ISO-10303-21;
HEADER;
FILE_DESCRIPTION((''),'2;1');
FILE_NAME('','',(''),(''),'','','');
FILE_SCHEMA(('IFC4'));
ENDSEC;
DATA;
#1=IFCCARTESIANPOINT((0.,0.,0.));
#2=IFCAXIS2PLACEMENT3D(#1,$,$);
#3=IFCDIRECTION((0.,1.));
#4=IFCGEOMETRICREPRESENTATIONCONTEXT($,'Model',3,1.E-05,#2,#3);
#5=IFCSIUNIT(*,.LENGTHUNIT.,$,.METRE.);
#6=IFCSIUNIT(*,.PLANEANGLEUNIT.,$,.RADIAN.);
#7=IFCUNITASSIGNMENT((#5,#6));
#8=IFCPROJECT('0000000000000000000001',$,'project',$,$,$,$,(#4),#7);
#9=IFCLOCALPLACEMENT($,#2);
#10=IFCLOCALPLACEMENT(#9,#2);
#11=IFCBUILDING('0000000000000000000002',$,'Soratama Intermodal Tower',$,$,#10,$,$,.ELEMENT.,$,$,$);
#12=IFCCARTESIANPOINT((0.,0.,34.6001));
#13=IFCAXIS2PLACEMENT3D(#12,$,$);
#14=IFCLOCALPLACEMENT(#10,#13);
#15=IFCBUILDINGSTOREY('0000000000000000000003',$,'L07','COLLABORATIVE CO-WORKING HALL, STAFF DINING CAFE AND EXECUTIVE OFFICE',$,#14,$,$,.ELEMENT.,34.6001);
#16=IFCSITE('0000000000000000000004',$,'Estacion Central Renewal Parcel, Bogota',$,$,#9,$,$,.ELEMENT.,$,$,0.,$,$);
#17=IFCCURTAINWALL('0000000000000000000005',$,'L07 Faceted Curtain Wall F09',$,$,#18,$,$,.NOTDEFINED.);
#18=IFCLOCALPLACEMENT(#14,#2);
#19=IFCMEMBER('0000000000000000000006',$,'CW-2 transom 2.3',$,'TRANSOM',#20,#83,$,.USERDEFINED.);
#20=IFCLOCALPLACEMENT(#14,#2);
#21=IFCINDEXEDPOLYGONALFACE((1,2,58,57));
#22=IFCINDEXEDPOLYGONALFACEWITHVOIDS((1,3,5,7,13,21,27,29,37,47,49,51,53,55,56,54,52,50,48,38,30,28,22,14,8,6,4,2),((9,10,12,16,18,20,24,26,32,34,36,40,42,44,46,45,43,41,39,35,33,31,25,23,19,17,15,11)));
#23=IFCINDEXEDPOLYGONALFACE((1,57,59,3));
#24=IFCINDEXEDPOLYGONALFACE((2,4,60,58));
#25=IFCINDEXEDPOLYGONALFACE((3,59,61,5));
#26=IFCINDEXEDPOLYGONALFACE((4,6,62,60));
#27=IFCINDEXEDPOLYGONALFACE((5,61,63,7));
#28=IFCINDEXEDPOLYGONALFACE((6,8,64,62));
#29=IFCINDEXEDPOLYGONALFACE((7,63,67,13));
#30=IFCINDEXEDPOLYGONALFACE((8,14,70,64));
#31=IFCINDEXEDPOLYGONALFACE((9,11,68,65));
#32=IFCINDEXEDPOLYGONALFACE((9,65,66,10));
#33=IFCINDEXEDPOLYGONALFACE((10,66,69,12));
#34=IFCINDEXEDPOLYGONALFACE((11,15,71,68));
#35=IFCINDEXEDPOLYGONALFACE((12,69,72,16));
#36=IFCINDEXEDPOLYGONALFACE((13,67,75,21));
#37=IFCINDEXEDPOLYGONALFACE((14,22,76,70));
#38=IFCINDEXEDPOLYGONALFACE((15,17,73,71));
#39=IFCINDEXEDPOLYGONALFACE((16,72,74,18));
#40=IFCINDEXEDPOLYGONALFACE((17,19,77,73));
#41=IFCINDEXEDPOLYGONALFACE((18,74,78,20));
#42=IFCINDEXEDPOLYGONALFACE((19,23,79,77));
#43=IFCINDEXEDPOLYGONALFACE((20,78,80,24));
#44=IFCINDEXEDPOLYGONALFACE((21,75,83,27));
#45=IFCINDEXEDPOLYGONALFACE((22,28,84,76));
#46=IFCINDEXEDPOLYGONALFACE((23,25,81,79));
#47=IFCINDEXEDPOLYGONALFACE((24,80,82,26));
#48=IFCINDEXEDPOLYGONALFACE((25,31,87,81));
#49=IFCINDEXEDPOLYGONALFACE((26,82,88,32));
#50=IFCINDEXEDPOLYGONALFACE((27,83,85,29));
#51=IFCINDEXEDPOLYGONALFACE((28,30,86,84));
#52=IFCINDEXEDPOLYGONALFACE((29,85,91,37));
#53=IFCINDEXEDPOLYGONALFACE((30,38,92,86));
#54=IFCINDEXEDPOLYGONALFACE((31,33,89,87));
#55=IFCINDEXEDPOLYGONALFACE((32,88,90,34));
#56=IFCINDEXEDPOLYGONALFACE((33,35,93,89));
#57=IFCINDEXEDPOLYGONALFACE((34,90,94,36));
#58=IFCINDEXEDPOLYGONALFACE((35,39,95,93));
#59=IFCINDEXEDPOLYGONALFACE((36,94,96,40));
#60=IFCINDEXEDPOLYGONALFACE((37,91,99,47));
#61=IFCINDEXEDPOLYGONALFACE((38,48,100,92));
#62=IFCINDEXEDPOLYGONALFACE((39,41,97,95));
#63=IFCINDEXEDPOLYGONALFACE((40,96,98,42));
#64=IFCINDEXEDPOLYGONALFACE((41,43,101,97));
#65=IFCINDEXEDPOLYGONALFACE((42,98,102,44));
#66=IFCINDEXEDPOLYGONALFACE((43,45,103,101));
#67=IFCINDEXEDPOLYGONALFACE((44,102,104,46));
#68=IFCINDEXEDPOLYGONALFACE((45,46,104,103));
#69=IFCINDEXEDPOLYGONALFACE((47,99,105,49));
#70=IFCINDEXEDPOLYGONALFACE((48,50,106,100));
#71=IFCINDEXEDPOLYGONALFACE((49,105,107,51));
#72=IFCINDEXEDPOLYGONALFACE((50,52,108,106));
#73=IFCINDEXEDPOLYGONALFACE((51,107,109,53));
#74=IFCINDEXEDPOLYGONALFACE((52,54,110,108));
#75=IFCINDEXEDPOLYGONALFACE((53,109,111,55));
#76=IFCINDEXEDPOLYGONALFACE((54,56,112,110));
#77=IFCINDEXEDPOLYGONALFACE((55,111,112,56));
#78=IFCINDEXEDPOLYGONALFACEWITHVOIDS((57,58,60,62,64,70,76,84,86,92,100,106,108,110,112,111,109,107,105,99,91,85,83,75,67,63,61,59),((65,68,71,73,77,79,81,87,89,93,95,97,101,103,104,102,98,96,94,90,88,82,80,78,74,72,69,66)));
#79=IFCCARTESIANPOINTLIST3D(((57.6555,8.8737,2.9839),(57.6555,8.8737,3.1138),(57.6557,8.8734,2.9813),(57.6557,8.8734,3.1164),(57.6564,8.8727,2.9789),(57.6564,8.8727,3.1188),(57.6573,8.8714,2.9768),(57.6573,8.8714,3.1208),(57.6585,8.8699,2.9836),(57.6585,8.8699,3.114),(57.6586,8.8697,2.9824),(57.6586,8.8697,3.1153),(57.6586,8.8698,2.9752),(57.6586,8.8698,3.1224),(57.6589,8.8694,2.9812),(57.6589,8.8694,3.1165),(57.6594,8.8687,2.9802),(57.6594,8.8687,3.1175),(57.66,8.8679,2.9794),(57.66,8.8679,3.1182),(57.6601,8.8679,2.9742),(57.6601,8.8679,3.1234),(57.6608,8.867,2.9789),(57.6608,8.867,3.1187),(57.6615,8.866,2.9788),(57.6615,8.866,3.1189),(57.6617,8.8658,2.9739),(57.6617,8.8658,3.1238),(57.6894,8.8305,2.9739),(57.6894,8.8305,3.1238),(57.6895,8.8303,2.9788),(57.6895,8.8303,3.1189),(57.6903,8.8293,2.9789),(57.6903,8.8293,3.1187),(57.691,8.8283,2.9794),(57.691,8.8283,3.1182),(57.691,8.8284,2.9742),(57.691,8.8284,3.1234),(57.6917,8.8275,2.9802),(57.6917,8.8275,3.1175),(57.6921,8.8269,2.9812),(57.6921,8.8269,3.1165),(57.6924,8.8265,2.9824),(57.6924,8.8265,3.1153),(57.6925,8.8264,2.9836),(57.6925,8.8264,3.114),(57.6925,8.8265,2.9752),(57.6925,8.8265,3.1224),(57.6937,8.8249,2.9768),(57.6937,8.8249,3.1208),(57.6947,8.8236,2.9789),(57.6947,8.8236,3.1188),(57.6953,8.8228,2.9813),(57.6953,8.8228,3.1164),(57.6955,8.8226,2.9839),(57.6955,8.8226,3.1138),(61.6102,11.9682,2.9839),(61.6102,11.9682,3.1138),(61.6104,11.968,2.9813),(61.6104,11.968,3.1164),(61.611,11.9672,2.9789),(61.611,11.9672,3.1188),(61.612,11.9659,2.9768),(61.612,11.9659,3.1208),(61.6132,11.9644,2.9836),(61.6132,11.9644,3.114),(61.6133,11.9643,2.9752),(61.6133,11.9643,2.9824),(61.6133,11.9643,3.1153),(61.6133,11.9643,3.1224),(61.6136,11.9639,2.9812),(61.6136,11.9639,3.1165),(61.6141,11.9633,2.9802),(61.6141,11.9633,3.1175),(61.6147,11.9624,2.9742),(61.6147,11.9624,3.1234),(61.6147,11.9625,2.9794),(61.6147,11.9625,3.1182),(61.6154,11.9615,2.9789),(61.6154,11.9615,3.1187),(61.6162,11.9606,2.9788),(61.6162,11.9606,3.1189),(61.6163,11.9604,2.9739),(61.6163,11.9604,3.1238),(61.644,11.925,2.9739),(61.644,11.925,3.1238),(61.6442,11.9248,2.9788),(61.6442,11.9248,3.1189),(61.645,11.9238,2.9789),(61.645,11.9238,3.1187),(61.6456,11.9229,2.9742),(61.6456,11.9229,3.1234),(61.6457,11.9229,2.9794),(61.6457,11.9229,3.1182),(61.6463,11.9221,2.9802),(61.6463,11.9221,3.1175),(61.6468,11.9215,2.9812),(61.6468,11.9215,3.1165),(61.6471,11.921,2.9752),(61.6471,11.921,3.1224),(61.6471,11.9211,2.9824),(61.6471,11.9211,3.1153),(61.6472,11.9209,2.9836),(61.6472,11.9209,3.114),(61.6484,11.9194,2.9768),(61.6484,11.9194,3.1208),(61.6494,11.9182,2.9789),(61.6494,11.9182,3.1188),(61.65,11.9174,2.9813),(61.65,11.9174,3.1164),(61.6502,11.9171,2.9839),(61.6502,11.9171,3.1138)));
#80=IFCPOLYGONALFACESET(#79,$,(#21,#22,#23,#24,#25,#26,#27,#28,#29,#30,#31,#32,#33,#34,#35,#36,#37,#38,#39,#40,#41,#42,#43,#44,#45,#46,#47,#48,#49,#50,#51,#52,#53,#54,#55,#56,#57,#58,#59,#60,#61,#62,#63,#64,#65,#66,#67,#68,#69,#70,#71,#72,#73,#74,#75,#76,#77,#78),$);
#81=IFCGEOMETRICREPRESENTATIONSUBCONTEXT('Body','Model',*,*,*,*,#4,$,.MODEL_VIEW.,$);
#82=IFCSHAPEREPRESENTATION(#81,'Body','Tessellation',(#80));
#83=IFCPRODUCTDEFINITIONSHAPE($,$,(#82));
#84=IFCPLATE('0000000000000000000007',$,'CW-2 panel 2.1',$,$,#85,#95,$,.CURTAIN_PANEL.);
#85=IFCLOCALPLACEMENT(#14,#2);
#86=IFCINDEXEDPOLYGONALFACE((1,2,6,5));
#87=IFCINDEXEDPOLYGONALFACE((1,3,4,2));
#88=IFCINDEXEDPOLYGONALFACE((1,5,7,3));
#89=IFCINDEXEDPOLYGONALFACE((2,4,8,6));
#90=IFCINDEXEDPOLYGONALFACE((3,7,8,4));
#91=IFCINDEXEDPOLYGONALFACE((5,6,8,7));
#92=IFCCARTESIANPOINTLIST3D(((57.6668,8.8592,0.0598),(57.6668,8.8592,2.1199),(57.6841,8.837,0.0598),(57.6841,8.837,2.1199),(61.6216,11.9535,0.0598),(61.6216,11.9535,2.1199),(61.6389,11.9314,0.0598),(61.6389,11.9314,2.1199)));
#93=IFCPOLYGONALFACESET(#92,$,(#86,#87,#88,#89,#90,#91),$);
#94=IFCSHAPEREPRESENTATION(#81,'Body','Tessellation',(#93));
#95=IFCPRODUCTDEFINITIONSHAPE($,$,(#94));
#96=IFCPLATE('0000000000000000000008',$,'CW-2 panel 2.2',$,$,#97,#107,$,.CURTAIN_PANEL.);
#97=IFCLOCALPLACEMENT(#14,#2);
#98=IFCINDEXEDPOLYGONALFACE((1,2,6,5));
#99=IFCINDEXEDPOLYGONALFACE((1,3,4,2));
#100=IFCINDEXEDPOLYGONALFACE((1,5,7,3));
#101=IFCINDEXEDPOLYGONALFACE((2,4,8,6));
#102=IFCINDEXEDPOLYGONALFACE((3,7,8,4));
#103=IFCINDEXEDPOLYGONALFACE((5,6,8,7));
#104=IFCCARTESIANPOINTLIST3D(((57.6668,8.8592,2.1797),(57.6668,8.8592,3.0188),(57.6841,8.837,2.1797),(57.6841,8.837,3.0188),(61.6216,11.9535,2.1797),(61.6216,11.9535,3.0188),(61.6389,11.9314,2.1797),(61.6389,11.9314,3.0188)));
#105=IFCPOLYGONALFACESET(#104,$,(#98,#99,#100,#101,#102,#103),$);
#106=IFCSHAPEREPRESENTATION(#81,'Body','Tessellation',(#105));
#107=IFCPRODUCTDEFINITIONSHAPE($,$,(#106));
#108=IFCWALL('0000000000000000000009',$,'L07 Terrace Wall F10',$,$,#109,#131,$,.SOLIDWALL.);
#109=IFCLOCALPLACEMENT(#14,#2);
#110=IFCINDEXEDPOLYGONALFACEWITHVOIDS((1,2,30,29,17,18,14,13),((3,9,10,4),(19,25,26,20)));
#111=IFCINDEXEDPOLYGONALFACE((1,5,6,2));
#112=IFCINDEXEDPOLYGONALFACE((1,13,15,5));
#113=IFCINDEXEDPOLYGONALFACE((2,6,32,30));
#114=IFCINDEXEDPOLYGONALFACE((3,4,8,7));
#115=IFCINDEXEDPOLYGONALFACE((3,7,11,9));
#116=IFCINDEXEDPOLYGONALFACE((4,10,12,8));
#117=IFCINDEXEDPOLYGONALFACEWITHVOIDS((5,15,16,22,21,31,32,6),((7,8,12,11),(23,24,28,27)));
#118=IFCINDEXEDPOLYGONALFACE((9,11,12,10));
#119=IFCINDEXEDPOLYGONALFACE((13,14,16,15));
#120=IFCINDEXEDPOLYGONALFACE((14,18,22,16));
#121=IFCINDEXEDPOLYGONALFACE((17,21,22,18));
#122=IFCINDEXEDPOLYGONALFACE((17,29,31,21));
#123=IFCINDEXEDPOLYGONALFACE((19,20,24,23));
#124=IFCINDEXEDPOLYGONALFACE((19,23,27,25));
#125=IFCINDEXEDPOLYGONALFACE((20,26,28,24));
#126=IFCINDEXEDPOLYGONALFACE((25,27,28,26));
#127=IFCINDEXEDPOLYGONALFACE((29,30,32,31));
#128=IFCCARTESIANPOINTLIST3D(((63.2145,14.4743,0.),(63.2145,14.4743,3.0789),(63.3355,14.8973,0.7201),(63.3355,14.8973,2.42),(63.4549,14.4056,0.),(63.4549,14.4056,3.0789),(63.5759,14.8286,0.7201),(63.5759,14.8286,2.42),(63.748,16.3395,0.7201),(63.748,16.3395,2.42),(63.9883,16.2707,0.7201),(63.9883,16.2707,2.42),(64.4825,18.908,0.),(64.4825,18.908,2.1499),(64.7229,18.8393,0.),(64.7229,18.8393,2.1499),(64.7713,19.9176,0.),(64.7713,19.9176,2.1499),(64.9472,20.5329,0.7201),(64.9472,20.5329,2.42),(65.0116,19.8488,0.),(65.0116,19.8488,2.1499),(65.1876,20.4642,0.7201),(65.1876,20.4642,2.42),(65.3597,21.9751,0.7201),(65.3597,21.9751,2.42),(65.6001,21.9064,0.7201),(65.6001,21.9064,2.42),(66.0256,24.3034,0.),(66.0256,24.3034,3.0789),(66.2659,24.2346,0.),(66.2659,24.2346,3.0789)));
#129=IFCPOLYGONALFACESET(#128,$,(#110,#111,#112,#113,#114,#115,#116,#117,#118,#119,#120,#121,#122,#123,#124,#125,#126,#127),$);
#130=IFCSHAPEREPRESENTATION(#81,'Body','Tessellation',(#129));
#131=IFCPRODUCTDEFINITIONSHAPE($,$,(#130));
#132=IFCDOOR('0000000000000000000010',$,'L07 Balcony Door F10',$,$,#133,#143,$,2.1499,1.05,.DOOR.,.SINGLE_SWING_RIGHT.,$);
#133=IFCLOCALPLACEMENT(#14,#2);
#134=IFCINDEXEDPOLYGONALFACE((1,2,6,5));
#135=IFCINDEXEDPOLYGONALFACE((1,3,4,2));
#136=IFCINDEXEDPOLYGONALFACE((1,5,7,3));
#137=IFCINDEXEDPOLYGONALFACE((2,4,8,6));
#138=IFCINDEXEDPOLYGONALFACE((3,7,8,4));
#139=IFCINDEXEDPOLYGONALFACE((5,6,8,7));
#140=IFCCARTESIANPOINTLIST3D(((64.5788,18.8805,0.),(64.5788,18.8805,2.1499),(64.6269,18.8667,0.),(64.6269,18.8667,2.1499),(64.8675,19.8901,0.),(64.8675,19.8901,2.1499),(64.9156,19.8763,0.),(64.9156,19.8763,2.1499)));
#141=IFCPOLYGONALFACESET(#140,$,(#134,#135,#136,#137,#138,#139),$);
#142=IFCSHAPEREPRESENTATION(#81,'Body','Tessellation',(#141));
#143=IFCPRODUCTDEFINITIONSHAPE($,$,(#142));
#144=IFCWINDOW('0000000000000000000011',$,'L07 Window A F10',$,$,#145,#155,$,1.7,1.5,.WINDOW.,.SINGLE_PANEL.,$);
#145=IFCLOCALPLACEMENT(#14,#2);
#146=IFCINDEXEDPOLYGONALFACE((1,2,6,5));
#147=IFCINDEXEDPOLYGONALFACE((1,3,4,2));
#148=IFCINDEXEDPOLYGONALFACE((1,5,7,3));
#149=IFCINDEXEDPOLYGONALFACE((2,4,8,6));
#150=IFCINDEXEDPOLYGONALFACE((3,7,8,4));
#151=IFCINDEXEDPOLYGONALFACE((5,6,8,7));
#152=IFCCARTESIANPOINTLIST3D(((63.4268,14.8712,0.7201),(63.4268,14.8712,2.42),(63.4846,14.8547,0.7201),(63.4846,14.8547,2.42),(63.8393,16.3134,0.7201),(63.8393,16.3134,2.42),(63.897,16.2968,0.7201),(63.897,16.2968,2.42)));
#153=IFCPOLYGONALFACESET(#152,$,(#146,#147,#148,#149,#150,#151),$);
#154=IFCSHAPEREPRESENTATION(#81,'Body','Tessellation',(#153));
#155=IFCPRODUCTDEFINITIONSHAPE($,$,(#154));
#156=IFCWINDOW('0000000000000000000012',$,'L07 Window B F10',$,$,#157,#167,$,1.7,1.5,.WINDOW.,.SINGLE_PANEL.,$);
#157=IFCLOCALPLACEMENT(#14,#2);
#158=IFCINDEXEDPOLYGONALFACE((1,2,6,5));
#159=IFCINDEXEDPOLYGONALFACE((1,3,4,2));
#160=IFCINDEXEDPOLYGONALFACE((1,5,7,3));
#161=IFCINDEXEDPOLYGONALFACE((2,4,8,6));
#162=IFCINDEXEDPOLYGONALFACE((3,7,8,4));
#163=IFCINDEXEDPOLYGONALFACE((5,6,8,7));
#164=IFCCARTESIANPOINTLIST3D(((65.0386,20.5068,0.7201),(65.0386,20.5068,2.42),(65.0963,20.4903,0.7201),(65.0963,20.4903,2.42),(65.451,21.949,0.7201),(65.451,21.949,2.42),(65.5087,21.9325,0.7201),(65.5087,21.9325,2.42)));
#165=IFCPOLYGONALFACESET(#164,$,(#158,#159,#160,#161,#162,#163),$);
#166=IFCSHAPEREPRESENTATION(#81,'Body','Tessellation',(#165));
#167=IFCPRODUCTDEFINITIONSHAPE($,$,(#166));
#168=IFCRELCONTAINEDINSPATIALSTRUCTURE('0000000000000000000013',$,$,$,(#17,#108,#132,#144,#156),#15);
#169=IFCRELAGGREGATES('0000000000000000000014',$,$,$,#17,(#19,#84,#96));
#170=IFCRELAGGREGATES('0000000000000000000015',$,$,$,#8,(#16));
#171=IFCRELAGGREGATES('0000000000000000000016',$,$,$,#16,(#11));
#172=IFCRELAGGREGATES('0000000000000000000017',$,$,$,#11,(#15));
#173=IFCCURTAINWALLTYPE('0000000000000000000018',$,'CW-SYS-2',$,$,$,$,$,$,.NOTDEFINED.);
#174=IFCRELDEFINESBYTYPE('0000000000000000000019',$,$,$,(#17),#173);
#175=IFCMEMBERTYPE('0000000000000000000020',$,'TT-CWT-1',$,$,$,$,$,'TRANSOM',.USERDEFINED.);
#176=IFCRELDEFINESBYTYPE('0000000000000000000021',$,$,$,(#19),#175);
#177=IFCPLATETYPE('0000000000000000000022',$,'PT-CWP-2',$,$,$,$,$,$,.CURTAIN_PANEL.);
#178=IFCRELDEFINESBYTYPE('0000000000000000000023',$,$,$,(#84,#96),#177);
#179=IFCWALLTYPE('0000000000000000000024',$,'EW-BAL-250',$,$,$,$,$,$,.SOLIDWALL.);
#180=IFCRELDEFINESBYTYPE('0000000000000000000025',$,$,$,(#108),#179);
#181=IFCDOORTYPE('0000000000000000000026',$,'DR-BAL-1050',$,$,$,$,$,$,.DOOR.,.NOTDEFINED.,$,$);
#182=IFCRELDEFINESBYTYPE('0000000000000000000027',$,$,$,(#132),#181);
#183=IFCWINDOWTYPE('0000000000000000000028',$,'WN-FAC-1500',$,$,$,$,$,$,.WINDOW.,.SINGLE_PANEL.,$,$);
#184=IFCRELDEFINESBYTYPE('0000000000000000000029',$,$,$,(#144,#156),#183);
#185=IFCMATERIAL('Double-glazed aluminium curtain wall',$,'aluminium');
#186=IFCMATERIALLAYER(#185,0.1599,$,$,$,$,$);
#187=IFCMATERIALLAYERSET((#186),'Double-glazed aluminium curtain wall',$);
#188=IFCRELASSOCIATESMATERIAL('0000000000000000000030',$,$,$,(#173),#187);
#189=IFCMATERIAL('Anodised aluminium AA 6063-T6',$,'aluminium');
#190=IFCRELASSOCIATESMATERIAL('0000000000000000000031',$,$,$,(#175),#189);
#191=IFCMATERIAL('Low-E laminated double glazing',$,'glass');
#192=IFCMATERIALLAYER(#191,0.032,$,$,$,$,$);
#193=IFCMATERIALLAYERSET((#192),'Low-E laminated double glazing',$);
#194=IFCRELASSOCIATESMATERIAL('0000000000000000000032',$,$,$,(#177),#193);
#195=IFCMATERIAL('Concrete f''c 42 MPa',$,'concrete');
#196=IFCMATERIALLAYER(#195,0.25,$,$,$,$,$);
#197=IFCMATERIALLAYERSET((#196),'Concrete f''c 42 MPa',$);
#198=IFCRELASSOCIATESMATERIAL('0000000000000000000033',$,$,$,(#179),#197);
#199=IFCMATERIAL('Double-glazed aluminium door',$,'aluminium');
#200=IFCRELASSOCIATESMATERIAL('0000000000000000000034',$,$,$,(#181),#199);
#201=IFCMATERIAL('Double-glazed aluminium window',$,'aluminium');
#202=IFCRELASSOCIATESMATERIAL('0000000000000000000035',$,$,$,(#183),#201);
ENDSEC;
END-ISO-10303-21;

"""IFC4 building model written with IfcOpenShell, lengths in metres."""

from ifc_helpers import new_model, si_unit, direction, frame, frame_2d, origin, origin_2d, place, context, subcontext, project, spatial, rectangle, hollow_rectangle, extrude, material, layer, layer_set, material_profile, profile_set, type_object, element, fill, aggregate, save


model = new_model("IFC4")

# Units and contexts
model_context = context("Model", 3, precision=1e-05, world=origin(), true_north=direction((0.0, 1.0)))
body_context = subcontext(model_context, "Body", "Model", "MODEL_VIEW")
ifc_project = project(units=[si_unit("LENGTHUNIT", "METRE"), si_unit("PLANEANGLEUNIT", "RADIAN")], contexts=[model_context])

# Site, building, storey
site_placement = place(None, origin())
site = spatial("IfcSite", under=ifc_project, at=site_placement, Name="Estacion Central Renewal Parcel, Bogota", CompositionType="ELEMENT", RefElevation=0.0)
building_placement = place(site_placement, origin())
building = spatial("IfcBuilding", under=site, at=building_placement, Name="Soratama Intermodal Tower", CompositionType="ELEMENT")
storey_placement = place(building_placement, frame((0.0, 0.0, 34.6001)))
storey = spatial("IfcBuildingStorey", under=building, at=storey_placement, Name="L07", Description="COLLABORATIVE CO-WORKING HALL, STAFF DINING CAFE AND EXECUTIVE OFFICE", CompositionType="ELEMENT", Elevation=34.6001)

# Curtain wall, member, plates
ifc_material_1 = material(Name="Double-glazed aluminium curtain wall", Category="aluminium")
ifc_layer_1 = layer(ifc_material_1, 0.1599)
ifc_layer_set_1 = layer_set([ifc_layer_1], Name="Double-glazed aluminium curtain wall")
curtain_wall_type = type_object("IfcCurtainWallType", Name="CW-SYS-2", PredefinedType="NOTDEFINED", material=ifc_layer_set_1)
curtain_wall_placement = place(storey_placement, origin())
curtain_wall = element("IfcCurtainWall", 1, at=curtain_wall_placement, inside=storey, type_object=curtain_wall_type, Name="L07 Faceted Curtain Wall F09", PredefinedType="NOTDEFINED")
ifc_material_2 = material(Name="Anodised aluminium AA 6063-T6", Category="aluminium")
ifc_material_profile_1 = material_profile(ifc_material_2, hollow_rectangle(XDim=0.0649, YDim=0.1499, WallThickness=0.0049, InnerFilletRadius=0.0049, OuterFilletRadius=0.01, at=origin_2d()), Name="CWT150X65X5")
ifc_profile_set_1 = profile_set([ifc_material_profile_1], Name="Anodised aluminium AA 6063-T6")
member_type_1 = type_object("IfcMemberType", Name="TT-CWT-1", ElementType="TRANSOM", PredefinedType="USERDEFINED", material=ifc_profile_set_1)
member_1_placement = place(storey_placement, frame((57.6755, 8.8481, 3.0488), z_axis=(0.787545, 0.616257, 0.0), x_axis=(-0.616257, 0.787545, 0.0)))
member_1 = element("IfcMember", 2, at=member_1_placement, type_object=member_type_1, Name="CW-2 transom 2.3", ObjectType="TRANSOM", PredefinedType="USERDEFINED", context=body_context, shape_type="SweptSolid", body=[
    extrude(hollow_rectangle(XDim=0.0649, YDim=0.1499, WallThickness=0.0049, InnerFilletRadius=0.0049, OuterFilletRadius=0.01, at=origin_2d()), origin(), (0.0, 0.0, 1.0), 5.0215),
])
ifc_material_3 = material(Name="Low-E laminated double glazing", Category="glass")
ifc_layer_2 = layer(ifc_material_3, 0.032)
ifc_layer_set_2 = layer_set([ifc_layer_2], Name="Low-E laminated double glazing")
plate_type = type_object("IfcPlateType", Name="PT-CWP-2", PredefinedType="CURTAIN_PANEL", material=ifc_layer_set_2)
plate_1_placement = place(storey_placement, frame((59.6528, 10.3953, 0.0598), z_axis=(0.0, 0.0, 1.0), x_axis=(0.787576, 0.616218, 0.0)))
plate_1 = element("IfcPlate", 3, at=plate_1_placement, type_object=plate_type, Name="CW-2 panel 2.1", PredefinedType="CURTAIN_PANEL", context=body_context, shape_type="SweptSolid", body=[
    extrude(rectangle(XDim=5.0215, YDim=0.0281, at=origin_2d()), origin(), (0.0, 0.0, 1.0), 2.0601),
])
plate_2_placement = place(storey_placement, frame((59.6528, 10.3953, 2.1797), z_axis=(0.0, 0.0, 1.0), x_axis=(0.787576, 0.616218, 0.0)))
plate_2 = element("IfcPlate", 4, at=plate_2_placement, type_object=plate_type, Name="CW-2 panel 2.2", PredefinedType="CURTAIN_PANEL", context=body_context, shape_type="SweptSolid", body=[
    extrude(rectangle(XDim=5.0215, YDim=0.0281, at=origin_2d()), origin(), (0.0, 0.0, 1.0), 0.8391),
])
aggregate(curtain_wall, [member_1, plate_1, plate_2])

# Wall, openings, door, windows
ifc_material_4 = material(Name="Concrete f'c 42 MPa", Category="concrete")
ifc_layer_3 = layer(ifc_material_4, 0.25)
ifc_layer_set_3 = layer_set([ifc_layer_3], Name="Concrete f'c 42 MPa")
wall_type_1 = type_object("IfcWallType", Name="EW-BAL-250", PredefinedType="SOLIDWALL", material=ifc_layer_set_3)
wall_1_placement = place(storey_placement, frame((63.3347, 14.4399, 0.0), z_axis=(0.0, 0.0, 1.0), x_axis=(0.274967, 0.961454, 0.0)))
wall_1 = element("IfcWall", 5, at=wall_1_placement, inside=storey, type_object=wall_type_1, Name="L07 Terrace Wall F10", PredefinedType="SOLIDWALL", context=body_context, shape_type="SweptSolid", body=[
    extrude(rectangle(XDim=10.2231, YDim=0.25, at=frame_2d((5.1116, 0.0))), origin(), (0.0, 0.0, 1.0), 3.0789),
])
opening_1_placement = place(wall_1_placement, frame((4.6116, 0.0, 0.0)))
opening_1 = element("IfcOpeningElement", 6, at=opening_1_placement, cuts=wall_1, PredefinedType="OPENING", context=body_context, shape_type="SweptSolid", body=[
    extrude(rectangle(XDim=1.05, YDim=2.1499, at=frame_2d((0.5249, 1.075))), frame((0.0, 0.135, 0.0), z_axis=(0.0, -1.0, 0.0), x_axis=(1.0, 0.0, 0.0)), (0.0, 0.0, 1.0), 0.27),
])
opening_2_placement = place(wall_1_placement, frame((0.4399, 0.0, 0.72)))
opening_2 = element("IfcOpeningElement", 7, at=opening_2_placement, cuts=wall_1, PredefinedType="OPENING", context=body_context, shape_type="SweptSolid", body=[
    extrude(rectangle(XDim=1.5, YDim=1.7, at=frame_2d((0.75, 0.8501))), frame((0.0, 0.135, 0.0), z_axis=(0.0, -1.0, 0.0), x_axis=(1.0, 0.0, 0.0)), (0.0, 0.0, 1.0), 0.27),
])
opening_3_placement = place(wall_1_placement, frame((6.3015, 0.0, 0.72)))
opening_3 = element("IfcOpeningElement", 8, at=opening_3_placement, cuts=wall_1, PredefinedType="OPENING", context=body_context, shape_type="SweptSolid", body=[
    extrude(rectangle(XDim=1.5, YDim=1.7, at=frame_2d((0.75, 0.8501))), frame((0.0, 0.135, 0.0), z_axis=(0.0, -1.0, 0.0), x_axis=(1.0, 0.0, 0.0)), (0.0, 0.0, 1.0), 0.27),
])
ifc_material_5 = material(Name="Double-glazed aluminium door", Category="aluminium")
door_type_1 = type_object("IfcDoorType", Name="DR-BAL-1050", OperationType="NOTDEFINED", PredefinedType="DOOR", material=ifc_material_5)
door_1_placement = place(opening_1_placement, origin())
door_1 = element("IfcDoor", 9, at=door_1_placement, inside=storey, type_object=door_type_1, Name="L07 Balcony Door F10", OperationType="SINGLE_SWING_RIGHT", OverallHeight=2.1499, OverallWidth=1.05, PredefinedType="DOOR", context=body_context, shape_type="SweptSolid", body=[
    extrude(rectangle(XDim=1.05, YDim=2.1499, at=frame_2d((0.5249, 1.075))), frame((0.0, 0.0249, 0.0), z_axis=(0.0, -1.0, 0.0), x_axis=(1.0, 0.0, 0.0)), (0.0, 0.0, 1.0), 0.05),
])
fill(opening_1, door_1)
ifc_material_6 = material(Name="Double-glazed aluminium window", Category="aluminium")
window_type_1 = type_object("IfcWindowType", Name="WN-FAC-1500", PartitioningType="SINGLE_PANEL", PredefinedType="WINDOW", material=ifc_material_6)
window_1_placement = place(opening_2_placement, origin())
window_1 = element("IfcWindow", 10, at=window_1_placement, inside=storey, type_object=window_type_1, Name="L07 Window A F10", OverallHeight=1.7, OverallWidth=1.5, PartitioningType="SINGLE_PANEL", PredefinedType="WINDOW", context=body_context, shape_type="SweptSolid", body=[
    extrude(rectangle(XDim=1.5, YDim=1.7, at=frame_2d((0.75, 0.8501))), frame((0.0, 0.03, 0.0), z_axis=(0.0, -1.0, 0.0), x_axis=(1.0, 0.0, 0.0)), (0.0, 0.0, 1.0), 0.0601),
])
fill(opening_2, window_1)
window_2_placement = place(opening_3_placement, origin())
window_2 = element("IfcWindow", 11, at=window_2_placement, inside=storey, type_object=window_type_1, Name="L07 Window B F10", OverallHeight=1.7, OverallWidth=1.5, PartitioningType="SINGLE_PANEL", PredefinedType="WINDOW", context=body_context, shape_type="SweptSolid", body=[
    extrude(rectangle(XDim=1.5, YDim=1.7, at=frame_2d((0.75, 0.8501))), frame((0.0, 0.03, 0.0), z_axis=(0.0, -1.0, 0.0), x_axis=(1.0, 0.0, 0.0)), (0.0, 0.0, 1.0), 0.0601),
])
fill(opening_3, window_2)

save(model, "model.ifc")
